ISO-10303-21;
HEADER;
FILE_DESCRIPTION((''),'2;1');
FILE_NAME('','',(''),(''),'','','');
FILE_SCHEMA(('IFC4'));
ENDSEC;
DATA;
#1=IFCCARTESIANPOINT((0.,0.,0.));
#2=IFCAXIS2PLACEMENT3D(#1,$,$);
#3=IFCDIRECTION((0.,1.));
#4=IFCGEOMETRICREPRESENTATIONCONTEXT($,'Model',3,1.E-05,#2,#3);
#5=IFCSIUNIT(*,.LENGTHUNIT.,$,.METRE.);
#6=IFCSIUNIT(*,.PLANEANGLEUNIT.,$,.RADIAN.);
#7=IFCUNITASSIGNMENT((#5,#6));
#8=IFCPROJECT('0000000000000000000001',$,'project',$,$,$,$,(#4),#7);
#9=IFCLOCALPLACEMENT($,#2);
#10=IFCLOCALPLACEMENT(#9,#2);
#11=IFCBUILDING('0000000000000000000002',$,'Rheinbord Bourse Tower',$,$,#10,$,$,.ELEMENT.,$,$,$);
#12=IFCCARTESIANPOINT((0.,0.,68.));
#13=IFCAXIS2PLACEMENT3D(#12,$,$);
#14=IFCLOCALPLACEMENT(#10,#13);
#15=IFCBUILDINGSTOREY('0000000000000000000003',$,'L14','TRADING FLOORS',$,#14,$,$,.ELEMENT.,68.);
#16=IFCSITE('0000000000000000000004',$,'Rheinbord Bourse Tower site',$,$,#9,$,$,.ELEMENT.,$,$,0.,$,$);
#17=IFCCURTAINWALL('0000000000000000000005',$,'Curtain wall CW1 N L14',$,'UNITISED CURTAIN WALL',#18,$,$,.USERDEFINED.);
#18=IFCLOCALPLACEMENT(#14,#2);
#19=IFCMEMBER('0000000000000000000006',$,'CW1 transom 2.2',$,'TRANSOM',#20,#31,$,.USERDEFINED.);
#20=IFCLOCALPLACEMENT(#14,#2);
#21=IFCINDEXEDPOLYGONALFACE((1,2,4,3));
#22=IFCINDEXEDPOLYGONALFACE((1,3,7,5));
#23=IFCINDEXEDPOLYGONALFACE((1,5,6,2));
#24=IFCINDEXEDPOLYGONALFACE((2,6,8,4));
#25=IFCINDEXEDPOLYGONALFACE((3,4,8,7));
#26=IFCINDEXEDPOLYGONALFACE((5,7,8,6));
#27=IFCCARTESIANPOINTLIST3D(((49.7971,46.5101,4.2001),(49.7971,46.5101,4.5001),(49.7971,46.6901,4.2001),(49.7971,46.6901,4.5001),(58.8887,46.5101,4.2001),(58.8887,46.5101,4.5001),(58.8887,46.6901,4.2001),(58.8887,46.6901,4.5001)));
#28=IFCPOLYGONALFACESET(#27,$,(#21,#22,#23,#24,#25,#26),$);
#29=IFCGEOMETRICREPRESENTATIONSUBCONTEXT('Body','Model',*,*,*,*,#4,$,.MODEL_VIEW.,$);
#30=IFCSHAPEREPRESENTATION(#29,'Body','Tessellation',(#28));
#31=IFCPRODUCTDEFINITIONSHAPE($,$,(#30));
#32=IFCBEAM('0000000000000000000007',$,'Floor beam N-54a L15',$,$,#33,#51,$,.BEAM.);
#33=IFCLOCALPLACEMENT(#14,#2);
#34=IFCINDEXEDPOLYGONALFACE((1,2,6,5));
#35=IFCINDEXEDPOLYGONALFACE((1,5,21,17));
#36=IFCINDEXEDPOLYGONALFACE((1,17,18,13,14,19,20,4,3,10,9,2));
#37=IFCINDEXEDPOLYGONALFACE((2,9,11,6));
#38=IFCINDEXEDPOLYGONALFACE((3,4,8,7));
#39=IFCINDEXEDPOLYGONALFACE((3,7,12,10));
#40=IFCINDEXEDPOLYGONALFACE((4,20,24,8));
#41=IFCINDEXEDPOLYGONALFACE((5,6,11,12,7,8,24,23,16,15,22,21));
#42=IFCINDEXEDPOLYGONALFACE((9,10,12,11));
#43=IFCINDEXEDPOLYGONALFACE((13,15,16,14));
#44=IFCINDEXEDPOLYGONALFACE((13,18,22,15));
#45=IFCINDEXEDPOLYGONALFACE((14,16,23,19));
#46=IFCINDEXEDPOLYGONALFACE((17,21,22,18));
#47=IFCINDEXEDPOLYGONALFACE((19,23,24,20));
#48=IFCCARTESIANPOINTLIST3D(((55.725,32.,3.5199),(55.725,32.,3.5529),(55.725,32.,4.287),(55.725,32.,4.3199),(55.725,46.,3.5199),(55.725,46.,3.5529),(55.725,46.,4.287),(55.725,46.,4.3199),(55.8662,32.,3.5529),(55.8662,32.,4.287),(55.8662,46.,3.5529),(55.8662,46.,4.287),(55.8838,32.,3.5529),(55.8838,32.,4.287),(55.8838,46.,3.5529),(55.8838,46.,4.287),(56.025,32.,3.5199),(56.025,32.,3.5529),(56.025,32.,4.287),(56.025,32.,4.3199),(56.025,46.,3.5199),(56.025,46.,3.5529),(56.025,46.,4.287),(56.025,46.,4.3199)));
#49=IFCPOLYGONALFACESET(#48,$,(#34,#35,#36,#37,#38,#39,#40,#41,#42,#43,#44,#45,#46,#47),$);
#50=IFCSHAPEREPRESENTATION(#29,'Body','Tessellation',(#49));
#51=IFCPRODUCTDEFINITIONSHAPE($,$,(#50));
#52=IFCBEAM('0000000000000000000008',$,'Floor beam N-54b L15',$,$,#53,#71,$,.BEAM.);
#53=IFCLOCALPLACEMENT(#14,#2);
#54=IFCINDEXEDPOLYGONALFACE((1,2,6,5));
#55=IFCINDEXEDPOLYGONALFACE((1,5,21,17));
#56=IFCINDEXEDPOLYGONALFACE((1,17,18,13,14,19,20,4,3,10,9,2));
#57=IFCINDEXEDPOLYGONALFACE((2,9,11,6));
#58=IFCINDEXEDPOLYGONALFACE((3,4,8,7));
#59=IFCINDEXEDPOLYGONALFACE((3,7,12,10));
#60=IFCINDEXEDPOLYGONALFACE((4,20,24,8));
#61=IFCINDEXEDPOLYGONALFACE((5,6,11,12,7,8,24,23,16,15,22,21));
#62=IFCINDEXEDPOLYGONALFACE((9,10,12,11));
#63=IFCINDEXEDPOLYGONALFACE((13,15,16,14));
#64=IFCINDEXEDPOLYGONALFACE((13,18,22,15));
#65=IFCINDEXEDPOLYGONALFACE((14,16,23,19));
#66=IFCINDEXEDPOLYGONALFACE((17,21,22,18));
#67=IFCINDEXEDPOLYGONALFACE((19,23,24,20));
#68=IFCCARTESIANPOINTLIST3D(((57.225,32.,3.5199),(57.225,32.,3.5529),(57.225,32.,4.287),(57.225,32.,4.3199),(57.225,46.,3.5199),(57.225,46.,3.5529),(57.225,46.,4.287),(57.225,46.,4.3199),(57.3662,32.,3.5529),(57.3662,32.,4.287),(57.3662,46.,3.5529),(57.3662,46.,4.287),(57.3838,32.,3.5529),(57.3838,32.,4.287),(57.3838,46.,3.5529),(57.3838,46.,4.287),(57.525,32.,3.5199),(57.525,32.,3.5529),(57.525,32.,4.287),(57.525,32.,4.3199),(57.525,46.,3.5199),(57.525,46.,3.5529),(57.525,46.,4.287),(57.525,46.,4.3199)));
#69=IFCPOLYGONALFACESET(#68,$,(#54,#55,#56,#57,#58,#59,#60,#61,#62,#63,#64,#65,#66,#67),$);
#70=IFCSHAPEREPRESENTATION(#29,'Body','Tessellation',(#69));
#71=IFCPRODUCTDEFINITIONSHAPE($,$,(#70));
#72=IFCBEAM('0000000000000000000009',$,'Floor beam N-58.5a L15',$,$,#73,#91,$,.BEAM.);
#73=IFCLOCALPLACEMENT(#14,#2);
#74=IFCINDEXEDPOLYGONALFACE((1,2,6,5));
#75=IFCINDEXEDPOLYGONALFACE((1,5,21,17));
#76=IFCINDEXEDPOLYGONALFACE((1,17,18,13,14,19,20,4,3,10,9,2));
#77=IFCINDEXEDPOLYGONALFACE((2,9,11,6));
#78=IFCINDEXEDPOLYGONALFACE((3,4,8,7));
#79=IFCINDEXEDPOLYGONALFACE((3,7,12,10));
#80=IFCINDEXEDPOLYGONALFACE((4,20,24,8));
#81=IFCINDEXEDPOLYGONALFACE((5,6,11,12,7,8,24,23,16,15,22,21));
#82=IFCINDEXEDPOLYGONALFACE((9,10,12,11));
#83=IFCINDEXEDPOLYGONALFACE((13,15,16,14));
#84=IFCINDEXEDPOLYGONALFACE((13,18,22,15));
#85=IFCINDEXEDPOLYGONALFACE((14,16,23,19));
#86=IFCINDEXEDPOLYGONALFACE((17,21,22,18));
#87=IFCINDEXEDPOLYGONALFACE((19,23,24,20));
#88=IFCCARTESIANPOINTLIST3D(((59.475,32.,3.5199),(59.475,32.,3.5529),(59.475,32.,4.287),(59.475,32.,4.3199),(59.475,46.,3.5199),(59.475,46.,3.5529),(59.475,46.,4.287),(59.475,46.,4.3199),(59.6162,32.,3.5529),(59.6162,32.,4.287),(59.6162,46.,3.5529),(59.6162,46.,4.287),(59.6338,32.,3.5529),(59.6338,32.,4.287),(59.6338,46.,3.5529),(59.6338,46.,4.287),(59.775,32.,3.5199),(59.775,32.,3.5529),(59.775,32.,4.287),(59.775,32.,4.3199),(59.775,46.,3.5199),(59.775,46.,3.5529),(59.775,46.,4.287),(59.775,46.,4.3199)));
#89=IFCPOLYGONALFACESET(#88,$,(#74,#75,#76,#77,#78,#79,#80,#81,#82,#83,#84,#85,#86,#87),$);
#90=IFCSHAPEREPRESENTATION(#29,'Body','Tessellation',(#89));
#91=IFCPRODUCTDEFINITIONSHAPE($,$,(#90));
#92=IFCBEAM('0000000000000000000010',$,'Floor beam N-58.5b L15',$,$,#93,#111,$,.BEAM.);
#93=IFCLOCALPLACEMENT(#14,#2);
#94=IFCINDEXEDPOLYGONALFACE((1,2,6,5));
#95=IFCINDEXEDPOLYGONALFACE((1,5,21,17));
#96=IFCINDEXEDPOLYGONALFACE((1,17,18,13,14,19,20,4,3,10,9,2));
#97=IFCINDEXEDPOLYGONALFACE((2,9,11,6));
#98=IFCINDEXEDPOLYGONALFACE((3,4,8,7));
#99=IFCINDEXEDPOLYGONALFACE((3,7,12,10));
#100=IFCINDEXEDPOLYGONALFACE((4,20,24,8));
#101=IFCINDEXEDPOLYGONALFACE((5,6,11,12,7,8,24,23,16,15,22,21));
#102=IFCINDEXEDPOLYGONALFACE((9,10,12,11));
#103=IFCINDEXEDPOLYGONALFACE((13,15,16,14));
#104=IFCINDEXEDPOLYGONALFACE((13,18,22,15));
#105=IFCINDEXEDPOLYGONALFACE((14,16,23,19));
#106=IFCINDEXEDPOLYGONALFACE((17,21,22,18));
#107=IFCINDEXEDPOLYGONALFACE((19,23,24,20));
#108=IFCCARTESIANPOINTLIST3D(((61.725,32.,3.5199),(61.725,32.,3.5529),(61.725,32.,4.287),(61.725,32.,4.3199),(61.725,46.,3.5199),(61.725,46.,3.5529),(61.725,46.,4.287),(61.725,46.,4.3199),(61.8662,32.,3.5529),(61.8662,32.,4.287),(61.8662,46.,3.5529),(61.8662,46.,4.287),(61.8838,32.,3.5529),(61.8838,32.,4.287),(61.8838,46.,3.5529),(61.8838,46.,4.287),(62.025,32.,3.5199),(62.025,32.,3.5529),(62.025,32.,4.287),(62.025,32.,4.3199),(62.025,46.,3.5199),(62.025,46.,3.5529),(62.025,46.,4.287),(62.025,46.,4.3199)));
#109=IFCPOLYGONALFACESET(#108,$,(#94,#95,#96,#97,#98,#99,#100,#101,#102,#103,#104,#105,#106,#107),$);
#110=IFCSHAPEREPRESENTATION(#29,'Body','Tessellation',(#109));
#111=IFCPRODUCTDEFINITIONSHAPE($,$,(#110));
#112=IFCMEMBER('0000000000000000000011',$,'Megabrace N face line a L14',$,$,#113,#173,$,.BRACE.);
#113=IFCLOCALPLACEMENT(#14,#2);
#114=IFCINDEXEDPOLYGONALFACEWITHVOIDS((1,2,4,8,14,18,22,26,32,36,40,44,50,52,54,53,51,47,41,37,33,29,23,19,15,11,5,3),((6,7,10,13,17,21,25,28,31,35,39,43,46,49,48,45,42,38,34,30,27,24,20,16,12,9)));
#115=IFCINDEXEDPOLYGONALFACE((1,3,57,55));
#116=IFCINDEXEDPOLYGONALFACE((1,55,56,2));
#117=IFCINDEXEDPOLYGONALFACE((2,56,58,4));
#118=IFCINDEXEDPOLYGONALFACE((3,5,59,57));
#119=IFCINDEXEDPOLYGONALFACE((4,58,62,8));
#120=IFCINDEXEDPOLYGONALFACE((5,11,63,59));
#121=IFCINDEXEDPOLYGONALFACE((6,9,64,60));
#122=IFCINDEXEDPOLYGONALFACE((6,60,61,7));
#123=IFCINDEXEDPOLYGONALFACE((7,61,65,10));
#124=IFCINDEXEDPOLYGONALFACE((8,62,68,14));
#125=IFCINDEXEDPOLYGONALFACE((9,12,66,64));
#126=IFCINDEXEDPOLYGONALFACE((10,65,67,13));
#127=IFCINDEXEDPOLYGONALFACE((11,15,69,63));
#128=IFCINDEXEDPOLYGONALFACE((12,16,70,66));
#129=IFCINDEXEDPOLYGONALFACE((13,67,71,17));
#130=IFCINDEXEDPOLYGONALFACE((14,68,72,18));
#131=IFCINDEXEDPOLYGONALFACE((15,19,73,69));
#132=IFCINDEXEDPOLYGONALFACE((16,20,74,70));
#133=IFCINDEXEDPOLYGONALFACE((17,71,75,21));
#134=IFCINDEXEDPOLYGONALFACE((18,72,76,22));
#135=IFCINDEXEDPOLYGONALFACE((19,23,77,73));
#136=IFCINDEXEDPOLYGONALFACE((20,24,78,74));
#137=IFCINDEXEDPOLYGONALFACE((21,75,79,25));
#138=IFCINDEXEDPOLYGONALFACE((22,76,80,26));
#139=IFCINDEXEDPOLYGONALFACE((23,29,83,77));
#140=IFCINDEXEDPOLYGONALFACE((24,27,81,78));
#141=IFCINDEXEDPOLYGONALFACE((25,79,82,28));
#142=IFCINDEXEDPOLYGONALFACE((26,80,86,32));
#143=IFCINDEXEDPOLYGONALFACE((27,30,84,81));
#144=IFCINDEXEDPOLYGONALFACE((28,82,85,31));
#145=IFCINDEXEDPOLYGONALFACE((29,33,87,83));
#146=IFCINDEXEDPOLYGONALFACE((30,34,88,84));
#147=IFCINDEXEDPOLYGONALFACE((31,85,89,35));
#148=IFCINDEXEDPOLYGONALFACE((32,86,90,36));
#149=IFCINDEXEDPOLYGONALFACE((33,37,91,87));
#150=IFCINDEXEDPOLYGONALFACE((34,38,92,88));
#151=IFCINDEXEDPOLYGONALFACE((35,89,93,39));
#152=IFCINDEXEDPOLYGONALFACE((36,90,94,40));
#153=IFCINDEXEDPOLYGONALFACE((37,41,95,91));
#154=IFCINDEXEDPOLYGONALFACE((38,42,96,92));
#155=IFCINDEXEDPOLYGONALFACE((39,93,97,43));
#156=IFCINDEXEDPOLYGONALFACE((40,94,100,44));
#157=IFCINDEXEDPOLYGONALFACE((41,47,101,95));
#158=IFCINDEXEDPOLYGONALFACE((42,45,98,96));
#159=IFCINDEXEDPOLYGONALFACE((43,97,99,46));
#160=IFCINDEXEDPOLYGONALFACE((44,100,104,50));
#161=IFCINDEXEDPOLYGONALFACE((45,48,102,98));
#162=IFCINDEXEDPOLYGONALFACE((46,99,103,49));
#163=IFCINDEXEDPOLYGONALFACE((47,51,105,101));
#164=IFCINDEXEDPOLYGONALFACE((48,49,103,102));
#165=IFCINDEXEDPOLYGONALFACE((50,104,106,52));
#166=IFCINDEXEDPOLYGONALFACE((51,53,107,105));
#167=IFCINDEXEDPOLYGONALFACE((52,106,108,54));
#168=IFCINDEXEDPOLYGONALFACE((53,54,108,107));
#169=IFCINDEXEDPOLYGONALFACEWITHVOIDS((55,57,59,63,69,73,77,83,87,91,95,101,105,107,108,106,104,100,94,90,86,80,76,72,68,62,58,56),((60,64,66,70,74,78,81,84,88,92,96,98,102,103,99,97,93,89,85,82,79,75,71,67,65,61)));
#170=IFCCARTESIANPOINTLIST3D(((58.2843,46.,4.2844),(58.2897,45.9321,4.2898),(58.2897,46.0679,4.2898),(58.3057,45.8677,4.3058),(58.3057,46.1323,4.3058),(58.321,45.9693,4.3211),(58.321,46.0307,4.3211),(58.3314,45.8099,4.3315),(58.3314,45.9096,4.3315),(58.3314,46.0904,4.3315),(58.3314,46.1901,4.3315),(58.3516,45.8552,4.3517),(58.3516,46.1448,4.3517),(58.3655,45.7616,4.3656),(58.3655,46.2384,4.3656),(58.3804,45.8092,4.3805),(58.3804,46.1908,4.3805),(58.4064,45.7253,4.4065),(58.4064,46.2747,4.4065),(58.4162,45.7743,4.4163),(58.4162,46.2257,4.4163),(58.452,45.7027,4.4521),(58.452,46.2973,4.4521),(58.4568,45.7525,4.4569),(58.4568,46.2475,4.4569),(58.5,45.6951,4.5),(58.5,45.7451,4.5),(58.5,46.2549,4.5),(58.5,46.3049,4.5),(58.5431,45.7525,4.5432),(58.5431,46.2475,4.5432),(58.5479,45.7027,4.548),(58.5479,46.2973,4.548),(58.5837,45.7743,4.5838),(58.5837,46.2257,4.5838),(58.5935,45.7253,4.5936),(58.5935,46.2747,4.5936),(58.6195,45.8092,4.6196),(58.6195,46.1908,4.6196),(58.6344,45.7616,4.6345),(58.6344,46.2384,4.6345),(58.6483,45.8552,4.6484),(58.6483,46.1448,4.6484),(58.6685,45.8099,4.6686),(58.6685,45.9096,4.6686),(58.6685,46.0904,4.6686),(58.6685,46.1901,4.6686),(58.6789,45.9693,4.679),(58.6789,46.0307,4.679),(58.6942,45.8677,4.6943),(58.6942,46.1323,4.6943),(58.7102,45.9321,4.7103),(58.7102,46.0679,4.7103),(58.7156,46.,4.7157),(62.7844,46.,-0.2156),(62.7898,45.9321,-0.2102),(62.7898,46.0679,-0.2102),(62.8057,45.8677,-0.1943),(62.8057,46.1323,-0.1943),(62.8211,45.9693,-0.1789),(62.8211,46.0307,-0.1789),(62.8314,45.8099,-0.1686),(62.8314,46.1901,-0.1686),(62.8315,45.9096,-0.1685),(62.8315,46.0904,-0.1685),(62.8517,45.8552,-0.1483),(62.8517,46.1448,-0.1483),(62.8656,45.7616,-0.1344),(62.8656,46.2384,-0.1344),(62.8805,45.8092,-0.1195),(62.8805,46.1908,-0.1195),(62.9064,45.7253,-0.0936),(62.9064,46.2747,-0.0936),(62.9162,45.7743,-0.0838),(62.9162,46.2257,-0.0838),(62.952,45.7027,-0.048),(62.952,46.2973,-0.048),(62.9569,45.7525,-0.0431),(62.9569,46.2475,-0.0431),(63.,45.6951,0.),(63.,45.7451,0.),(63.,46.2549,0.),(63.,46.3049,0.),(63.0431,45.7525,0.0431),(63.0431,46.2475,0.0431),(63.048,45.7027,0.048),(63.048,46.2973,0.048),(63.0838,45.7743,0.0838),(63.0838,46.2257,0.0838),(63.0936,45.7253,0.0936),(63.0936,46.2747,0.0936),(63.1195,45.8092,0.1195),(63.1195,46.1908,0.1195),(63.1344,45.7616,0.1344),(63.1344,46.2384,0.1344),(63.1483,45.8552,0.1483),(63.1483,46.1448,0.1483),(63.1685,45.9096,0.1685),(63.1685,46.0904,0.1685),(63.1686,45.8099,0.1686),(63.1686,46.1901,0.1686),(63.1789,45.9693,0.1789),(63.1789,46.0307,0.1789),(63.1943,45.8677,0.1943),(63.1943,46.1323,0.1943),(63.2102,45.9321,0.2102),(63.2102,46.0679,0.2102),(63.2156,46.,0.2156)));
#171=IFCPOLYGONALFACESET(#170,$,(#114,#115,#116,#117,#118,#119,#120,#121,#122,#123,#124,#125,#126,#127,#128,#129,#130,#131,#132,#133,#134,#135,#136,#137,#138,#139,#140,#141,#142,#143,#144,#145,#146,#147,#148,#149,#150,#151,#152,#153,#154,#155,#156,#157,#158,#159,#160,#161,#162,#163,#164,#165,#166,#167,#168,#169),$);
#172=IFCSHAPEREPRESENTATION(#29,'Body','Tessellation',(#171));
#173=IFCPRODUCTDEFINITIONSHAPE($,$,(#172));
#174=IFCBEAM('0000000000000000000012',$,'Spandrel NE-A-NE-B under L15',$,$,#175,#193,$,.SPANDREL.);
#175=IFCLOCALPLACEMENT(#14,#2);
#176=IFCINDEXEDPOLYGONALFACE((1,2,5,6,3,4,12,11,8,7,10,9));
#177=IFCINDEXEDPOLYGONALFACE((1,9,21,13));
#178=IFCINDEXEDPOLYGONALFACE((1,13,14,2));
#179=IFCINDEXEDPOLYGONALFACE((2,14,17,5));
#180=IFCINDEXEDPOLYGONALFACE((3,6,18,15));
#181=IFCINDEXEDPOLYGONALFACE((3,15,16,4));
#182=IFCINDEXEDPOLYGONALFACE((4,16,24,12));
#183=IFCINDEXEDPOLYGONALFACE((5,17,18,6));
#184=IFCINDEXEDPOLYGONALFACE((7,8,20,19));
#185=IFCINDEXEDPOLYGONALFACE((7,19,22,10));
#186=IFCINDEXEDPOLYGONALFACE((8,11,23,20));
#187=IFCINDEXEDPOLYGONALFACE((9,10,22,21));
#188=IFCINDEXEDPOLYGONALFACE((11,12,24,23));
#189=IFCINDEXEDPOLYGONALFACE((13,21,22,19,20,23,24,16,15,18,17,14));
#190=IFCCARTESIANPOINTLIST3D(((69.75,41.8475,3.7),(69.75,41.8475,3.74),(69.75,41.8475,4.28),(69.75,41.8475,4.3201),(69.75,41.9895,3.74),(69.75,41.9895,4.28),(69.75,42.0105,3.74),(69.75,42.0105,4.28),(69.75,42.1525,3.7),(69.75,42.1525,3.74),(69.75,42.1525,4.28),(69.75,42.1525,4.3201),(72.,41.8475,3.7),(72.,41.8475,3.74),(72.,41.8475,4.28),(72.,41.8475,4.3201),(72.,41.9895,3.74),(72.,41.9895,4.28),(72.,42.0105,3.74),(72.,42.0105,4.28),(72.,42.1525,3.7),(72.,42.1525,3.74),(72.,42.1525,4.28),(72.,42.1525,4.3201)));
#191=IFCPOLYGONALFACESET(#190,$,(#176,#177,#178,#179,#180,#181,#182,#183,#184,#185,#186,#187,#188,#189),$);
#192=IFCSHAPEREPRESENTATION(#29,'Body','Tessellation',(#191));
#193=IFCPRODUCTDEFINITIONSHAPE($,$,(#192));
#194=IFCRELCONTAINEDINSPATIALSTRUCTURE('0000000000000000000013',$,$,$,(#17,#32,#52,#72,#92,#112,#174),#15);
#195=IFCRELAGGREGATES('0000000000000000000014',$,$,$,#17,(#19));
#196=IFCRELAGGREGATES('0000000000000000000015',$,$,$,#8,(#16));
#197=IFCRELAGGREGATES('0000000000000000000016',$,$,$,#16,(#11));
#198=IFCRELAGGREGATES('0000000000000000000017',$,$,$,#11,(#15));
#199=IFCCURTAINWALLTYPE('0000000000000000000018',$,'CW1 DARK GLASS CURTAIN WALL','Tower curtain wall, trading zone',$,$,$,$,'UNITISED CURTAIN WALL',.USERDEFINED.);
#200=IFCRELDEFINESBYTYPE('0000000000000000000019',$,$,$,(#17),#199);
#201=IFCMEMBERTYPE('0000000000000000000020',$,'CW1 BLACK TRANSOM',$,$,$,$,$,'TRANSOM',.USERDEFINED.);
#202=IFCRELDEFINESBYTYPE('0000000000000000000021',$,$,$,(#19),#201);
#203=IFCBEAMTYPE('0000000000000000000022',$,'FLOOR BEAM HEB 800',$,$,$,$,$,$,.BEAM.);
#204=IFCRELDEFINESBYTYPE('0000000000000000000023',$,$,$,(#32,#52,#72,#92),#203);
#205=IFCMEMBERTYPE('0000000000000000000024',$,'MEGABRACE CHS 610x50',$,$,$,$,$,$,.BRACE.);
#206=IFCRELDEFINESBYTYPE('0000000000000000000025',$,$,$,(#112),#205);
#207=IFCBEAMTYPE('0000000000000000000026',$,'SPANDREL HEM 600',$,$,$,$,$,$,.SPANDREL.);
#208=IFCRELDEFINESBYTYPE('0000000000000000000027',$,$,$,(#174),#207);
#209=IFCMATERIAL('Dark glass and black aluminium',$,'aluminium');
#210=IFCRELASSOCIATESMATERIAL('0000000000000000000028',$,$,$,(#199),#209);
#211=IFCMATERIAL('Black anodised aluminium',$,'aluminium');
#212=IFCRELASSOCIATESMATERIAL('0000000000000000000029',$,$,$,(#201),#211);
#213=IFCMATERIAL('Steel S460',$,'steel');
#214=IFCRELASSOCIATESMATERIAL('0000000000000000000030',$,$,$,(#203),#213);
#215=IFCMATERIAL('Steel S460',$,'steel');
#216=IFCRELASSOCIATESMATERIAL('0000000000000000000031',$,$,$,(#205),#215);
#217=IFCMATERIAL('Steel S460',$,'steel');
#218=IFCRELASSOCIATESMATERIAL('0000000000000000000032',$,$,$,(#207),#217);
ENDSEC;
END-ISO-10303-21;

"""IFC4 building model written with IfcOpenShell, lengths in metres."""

from ifc_helpers import new_model, si_unit, direction, frame, origin, origin_2d, place, context, subcontext, project, spatial, rectangle, hollow_circle, i_section, extrude, material, material_profile, profile_set, type_object, element, aggregate, save


model = new_model("IFC4")

# Units and contexts
model_context = context("Model", 3, precision=1e-05, world=origin(), true_north=direction((0.0, 1.0)))
body_context = subcontext(model_context, "Body", "Model", "MODEL_VIEW")
ifc_project = project(units=[si_unit("LENGTHUNIT", "METRE"), si_unit("PLANEANGLEUNIT", "RADIAN")], contexts=[model_context])

# Site, building, storey
site_placement = place(None, origin())
site = spatial("IfcSite", under=ifc_project, at=site_placement, Name="Rheinbord Bourse Tower site", CompositionType="ELEMENT", RefElevation=0.0)
building_placement = place(site_placement, origin())
building = spatial("IfcBuilding", under=site, at=building_placement, Name="Rheinbord Bourse Tower", CompositionType="ELEMENT")
storey_placement = place(building_placement, frame((0.0, 0.0, 68.0)))
storey = spatial("IfcBuildingStorey", under=building, at=storey_placement, Name="L14", Description="TRADING FLOORS", CompositionType="ELEMENT", Elevation=68.0)

# Curtain wall
ifc_material_1 = material(Name="Dark glass and black aluminium", Category="aluminium")
curtain_wall_type = type_object("IfcCurtainWallType", Name="CW1 DARK GLASS CURTAIN WALL", Description="Tower curtain wall, trading zone", ElementType="UNITISED CURTAIN WALL", PredefinedType="USERDEFINED", material=ifc_material_1)
curtain_wall_1_placement = place(storey_placement, origin())
curtain_wall_1 = element("IfcCurtainWall", 1, at=curtain_wall_1_placement, inside=storey, type_object=curtain_wall_type, Name="Curtain wall CW1 N L14", ObjectType="UNITISED CURTAIN WALL", PredefinedType="USERDEFINED")

# Member
ifc_material_2 = material(Name="Black anodised aluminium", Category="aluminium")
ifc_material_profile_1 = material_profile(ifc_material_2, rectangle(XDim=0.1799, YDim=0.3, at=origin_2d()), Name="CW1 TRANSOM 300x180")
ifc_profile_set_1 = profile_set([ifc_material_profile_1], Name="Black anodised aluminium")
member_type_1 = type_object("IfcMemberType", Name="CW1 BLACK TRANSOM", ElementType="TRANSOM", PredefinedType="USERDEFINED", material=ifc_profile_set_1)
member_1_placement = place(storey_placement, frame((58.8887, 46.6001, 4.3501), z_axis=(-1.0, 0.0, 0.0), x_axis=(0.0, -1.0, 0.0)))
member_1 = element("IfcMember", 2, at=member_1_placement, type_object=member_type_1, Name="CW1 transom 2.2", ObjectType="TRANSOM", PredefinedType="USERDEFINED", context=body_context, shape_type="SweptSolid", body=[
    extrude(rectangle(XDim=0.1799, YDim=0.3, at=origin_2d()), origin(), (0.0, 0.0, 1.0), 9.0916),
])

# Beams
ifc_material_3 = material(Name="Steel S460", Category="steel")
ifc_material_profile_2 = material_profile(ifc_material_3, i_section(OverallWidth=0.3, OverallDepth=0.8, WebThickness=0.0176, FlangeThickness=0.033, at=origin_2d()), Name="HEB 800")
ifc_profile_set_2 = profile_set([ifc_material_profile_2], Name="Steel S460")
beam_type_1 = type_object("IfcBeamType", Name="FLOOR BEAM HEB 800", PredefinedType="BEAM", material=ifc_profile_set_2)
for number, where, z_axis, x_axis, name in (
    (3, (55.875, 46.0, 3.9199), (0.0, -1.0, 0.0), (1.0, 0.0, 0.0), "Floor beam N-54a L15"),
    (4, (57.375, 46.0, 3.9199), (0.0, -1.0, 0.0), (1.0, 0.0, 0.0), "Floor beam N-54b L15"),
    (5, (59.625, 46.0, 3.9199), (0.0, -1.0, 0.0), (1.0, 0.0, 0.0), "Floor beam N-58.5a L15"),
    (6, (61.875, 46.0, 3.9199), (0.0, -1.0, 0.0), (1.0, 0.0, 0.0), "Floor beam N-58.5b L15"),
):
    element("IfcBeam", number, at=place(storey_placement, frame(where, z_axis=z_axis, x_axis=x_axis)), inside=storey, type_object=beam_type_1, Name=name, PredefinedType="BEAM", context=body_context, shape_type="SweptSolid", body=[
        extrude(i_section(OverallWidth=0.3, OverallDepth=0.8, WebThickness=0.0176, FlangeThickness=0.033, at=origin_2d()), origin(), (0.0, 0.0, 1.0), 14.0),
    ])

# Member
ifc_material_4 = material(Name="Steel S460", Category="steel")
ifc_material_profile_3 = material_profile(ifc_material_4, hollow_circle(Radius=0.3049, WallThickness=0.05, at=origin_2d()), Name="CHS 610x50")
ifc_profile_set_3 = profile_set([ifc_material_profile_3], Name="Steel S460")
member_type_2 = type_object("IfcMemberType", Name="MEGABRACE CHS 610x50", PredefinedType="BRACE", material=ifc_profile_set_3)
member_2_placement = place(storey_placement, frame((63.0, 46.0, 0.0), z_axis=(-0.707107, 0.0, 0.707107), x_axis=(0.0, -1.0, 0.0)))
element("IfcMember", 7, at=member_2_placement, inside=storey, type_object=member_type_2, Name="Megabrace N face line a L14", PredefinedType="BRACE", context=body_context, shape_type="SweptSolid", body=[
    extrude(hollow_circle(Radius=0.3049, WallThickness=0.05, at=origin_2d()), origin(), (0.0, 0.0, 1.0), 6.364),
])

# Beam
ifc_material_5 = material(Name="Steel S460", Category="steel")
ifc_material_profile_4 = material_profile(ifc_material_5, i_section(OverallWidth=0.3049, OverallDepth=0.6201, WebThickness=0.021, FlangeThickness=0.04, at=origin_2d()), Name="HEM 600")
ifc_profile_set_4 = profile_set([ifc_material_profile_4], Name="Steel S460")
beam_type_2 = type_object("IfcBeamType", Name="SPANDREL HEM 600", PredefinedType="SPANDREL", material=ifc_profile_set_4)
beam_1_placement = place(storey_placement, frame((72.0, 42.0, 4.01), z_axis=(-1.0, 0.0, 0.0), x_axis=(0.0, -1.0, 0.0)))
element("IfcBeam", 8, at=beam_1_placement, inside=storey, type_object=beam_type_2, Name="Spandrel NE-A-NE-B under L15", PredefinedType="SPANDREL", context=body_context, shape_type="SweptSolid", body=[
    extrude(i_section(OverallWidth=0.3049, OverallDepth=0.6201, WebThickness=0.021, FlangeThickness=0.04, at=origin_2d()), origin(), (0.0, 0.0, 1.0), 2.25),
])

aggregate(curtain_wall_1, [member_1])

save(model, "model.ifc")
